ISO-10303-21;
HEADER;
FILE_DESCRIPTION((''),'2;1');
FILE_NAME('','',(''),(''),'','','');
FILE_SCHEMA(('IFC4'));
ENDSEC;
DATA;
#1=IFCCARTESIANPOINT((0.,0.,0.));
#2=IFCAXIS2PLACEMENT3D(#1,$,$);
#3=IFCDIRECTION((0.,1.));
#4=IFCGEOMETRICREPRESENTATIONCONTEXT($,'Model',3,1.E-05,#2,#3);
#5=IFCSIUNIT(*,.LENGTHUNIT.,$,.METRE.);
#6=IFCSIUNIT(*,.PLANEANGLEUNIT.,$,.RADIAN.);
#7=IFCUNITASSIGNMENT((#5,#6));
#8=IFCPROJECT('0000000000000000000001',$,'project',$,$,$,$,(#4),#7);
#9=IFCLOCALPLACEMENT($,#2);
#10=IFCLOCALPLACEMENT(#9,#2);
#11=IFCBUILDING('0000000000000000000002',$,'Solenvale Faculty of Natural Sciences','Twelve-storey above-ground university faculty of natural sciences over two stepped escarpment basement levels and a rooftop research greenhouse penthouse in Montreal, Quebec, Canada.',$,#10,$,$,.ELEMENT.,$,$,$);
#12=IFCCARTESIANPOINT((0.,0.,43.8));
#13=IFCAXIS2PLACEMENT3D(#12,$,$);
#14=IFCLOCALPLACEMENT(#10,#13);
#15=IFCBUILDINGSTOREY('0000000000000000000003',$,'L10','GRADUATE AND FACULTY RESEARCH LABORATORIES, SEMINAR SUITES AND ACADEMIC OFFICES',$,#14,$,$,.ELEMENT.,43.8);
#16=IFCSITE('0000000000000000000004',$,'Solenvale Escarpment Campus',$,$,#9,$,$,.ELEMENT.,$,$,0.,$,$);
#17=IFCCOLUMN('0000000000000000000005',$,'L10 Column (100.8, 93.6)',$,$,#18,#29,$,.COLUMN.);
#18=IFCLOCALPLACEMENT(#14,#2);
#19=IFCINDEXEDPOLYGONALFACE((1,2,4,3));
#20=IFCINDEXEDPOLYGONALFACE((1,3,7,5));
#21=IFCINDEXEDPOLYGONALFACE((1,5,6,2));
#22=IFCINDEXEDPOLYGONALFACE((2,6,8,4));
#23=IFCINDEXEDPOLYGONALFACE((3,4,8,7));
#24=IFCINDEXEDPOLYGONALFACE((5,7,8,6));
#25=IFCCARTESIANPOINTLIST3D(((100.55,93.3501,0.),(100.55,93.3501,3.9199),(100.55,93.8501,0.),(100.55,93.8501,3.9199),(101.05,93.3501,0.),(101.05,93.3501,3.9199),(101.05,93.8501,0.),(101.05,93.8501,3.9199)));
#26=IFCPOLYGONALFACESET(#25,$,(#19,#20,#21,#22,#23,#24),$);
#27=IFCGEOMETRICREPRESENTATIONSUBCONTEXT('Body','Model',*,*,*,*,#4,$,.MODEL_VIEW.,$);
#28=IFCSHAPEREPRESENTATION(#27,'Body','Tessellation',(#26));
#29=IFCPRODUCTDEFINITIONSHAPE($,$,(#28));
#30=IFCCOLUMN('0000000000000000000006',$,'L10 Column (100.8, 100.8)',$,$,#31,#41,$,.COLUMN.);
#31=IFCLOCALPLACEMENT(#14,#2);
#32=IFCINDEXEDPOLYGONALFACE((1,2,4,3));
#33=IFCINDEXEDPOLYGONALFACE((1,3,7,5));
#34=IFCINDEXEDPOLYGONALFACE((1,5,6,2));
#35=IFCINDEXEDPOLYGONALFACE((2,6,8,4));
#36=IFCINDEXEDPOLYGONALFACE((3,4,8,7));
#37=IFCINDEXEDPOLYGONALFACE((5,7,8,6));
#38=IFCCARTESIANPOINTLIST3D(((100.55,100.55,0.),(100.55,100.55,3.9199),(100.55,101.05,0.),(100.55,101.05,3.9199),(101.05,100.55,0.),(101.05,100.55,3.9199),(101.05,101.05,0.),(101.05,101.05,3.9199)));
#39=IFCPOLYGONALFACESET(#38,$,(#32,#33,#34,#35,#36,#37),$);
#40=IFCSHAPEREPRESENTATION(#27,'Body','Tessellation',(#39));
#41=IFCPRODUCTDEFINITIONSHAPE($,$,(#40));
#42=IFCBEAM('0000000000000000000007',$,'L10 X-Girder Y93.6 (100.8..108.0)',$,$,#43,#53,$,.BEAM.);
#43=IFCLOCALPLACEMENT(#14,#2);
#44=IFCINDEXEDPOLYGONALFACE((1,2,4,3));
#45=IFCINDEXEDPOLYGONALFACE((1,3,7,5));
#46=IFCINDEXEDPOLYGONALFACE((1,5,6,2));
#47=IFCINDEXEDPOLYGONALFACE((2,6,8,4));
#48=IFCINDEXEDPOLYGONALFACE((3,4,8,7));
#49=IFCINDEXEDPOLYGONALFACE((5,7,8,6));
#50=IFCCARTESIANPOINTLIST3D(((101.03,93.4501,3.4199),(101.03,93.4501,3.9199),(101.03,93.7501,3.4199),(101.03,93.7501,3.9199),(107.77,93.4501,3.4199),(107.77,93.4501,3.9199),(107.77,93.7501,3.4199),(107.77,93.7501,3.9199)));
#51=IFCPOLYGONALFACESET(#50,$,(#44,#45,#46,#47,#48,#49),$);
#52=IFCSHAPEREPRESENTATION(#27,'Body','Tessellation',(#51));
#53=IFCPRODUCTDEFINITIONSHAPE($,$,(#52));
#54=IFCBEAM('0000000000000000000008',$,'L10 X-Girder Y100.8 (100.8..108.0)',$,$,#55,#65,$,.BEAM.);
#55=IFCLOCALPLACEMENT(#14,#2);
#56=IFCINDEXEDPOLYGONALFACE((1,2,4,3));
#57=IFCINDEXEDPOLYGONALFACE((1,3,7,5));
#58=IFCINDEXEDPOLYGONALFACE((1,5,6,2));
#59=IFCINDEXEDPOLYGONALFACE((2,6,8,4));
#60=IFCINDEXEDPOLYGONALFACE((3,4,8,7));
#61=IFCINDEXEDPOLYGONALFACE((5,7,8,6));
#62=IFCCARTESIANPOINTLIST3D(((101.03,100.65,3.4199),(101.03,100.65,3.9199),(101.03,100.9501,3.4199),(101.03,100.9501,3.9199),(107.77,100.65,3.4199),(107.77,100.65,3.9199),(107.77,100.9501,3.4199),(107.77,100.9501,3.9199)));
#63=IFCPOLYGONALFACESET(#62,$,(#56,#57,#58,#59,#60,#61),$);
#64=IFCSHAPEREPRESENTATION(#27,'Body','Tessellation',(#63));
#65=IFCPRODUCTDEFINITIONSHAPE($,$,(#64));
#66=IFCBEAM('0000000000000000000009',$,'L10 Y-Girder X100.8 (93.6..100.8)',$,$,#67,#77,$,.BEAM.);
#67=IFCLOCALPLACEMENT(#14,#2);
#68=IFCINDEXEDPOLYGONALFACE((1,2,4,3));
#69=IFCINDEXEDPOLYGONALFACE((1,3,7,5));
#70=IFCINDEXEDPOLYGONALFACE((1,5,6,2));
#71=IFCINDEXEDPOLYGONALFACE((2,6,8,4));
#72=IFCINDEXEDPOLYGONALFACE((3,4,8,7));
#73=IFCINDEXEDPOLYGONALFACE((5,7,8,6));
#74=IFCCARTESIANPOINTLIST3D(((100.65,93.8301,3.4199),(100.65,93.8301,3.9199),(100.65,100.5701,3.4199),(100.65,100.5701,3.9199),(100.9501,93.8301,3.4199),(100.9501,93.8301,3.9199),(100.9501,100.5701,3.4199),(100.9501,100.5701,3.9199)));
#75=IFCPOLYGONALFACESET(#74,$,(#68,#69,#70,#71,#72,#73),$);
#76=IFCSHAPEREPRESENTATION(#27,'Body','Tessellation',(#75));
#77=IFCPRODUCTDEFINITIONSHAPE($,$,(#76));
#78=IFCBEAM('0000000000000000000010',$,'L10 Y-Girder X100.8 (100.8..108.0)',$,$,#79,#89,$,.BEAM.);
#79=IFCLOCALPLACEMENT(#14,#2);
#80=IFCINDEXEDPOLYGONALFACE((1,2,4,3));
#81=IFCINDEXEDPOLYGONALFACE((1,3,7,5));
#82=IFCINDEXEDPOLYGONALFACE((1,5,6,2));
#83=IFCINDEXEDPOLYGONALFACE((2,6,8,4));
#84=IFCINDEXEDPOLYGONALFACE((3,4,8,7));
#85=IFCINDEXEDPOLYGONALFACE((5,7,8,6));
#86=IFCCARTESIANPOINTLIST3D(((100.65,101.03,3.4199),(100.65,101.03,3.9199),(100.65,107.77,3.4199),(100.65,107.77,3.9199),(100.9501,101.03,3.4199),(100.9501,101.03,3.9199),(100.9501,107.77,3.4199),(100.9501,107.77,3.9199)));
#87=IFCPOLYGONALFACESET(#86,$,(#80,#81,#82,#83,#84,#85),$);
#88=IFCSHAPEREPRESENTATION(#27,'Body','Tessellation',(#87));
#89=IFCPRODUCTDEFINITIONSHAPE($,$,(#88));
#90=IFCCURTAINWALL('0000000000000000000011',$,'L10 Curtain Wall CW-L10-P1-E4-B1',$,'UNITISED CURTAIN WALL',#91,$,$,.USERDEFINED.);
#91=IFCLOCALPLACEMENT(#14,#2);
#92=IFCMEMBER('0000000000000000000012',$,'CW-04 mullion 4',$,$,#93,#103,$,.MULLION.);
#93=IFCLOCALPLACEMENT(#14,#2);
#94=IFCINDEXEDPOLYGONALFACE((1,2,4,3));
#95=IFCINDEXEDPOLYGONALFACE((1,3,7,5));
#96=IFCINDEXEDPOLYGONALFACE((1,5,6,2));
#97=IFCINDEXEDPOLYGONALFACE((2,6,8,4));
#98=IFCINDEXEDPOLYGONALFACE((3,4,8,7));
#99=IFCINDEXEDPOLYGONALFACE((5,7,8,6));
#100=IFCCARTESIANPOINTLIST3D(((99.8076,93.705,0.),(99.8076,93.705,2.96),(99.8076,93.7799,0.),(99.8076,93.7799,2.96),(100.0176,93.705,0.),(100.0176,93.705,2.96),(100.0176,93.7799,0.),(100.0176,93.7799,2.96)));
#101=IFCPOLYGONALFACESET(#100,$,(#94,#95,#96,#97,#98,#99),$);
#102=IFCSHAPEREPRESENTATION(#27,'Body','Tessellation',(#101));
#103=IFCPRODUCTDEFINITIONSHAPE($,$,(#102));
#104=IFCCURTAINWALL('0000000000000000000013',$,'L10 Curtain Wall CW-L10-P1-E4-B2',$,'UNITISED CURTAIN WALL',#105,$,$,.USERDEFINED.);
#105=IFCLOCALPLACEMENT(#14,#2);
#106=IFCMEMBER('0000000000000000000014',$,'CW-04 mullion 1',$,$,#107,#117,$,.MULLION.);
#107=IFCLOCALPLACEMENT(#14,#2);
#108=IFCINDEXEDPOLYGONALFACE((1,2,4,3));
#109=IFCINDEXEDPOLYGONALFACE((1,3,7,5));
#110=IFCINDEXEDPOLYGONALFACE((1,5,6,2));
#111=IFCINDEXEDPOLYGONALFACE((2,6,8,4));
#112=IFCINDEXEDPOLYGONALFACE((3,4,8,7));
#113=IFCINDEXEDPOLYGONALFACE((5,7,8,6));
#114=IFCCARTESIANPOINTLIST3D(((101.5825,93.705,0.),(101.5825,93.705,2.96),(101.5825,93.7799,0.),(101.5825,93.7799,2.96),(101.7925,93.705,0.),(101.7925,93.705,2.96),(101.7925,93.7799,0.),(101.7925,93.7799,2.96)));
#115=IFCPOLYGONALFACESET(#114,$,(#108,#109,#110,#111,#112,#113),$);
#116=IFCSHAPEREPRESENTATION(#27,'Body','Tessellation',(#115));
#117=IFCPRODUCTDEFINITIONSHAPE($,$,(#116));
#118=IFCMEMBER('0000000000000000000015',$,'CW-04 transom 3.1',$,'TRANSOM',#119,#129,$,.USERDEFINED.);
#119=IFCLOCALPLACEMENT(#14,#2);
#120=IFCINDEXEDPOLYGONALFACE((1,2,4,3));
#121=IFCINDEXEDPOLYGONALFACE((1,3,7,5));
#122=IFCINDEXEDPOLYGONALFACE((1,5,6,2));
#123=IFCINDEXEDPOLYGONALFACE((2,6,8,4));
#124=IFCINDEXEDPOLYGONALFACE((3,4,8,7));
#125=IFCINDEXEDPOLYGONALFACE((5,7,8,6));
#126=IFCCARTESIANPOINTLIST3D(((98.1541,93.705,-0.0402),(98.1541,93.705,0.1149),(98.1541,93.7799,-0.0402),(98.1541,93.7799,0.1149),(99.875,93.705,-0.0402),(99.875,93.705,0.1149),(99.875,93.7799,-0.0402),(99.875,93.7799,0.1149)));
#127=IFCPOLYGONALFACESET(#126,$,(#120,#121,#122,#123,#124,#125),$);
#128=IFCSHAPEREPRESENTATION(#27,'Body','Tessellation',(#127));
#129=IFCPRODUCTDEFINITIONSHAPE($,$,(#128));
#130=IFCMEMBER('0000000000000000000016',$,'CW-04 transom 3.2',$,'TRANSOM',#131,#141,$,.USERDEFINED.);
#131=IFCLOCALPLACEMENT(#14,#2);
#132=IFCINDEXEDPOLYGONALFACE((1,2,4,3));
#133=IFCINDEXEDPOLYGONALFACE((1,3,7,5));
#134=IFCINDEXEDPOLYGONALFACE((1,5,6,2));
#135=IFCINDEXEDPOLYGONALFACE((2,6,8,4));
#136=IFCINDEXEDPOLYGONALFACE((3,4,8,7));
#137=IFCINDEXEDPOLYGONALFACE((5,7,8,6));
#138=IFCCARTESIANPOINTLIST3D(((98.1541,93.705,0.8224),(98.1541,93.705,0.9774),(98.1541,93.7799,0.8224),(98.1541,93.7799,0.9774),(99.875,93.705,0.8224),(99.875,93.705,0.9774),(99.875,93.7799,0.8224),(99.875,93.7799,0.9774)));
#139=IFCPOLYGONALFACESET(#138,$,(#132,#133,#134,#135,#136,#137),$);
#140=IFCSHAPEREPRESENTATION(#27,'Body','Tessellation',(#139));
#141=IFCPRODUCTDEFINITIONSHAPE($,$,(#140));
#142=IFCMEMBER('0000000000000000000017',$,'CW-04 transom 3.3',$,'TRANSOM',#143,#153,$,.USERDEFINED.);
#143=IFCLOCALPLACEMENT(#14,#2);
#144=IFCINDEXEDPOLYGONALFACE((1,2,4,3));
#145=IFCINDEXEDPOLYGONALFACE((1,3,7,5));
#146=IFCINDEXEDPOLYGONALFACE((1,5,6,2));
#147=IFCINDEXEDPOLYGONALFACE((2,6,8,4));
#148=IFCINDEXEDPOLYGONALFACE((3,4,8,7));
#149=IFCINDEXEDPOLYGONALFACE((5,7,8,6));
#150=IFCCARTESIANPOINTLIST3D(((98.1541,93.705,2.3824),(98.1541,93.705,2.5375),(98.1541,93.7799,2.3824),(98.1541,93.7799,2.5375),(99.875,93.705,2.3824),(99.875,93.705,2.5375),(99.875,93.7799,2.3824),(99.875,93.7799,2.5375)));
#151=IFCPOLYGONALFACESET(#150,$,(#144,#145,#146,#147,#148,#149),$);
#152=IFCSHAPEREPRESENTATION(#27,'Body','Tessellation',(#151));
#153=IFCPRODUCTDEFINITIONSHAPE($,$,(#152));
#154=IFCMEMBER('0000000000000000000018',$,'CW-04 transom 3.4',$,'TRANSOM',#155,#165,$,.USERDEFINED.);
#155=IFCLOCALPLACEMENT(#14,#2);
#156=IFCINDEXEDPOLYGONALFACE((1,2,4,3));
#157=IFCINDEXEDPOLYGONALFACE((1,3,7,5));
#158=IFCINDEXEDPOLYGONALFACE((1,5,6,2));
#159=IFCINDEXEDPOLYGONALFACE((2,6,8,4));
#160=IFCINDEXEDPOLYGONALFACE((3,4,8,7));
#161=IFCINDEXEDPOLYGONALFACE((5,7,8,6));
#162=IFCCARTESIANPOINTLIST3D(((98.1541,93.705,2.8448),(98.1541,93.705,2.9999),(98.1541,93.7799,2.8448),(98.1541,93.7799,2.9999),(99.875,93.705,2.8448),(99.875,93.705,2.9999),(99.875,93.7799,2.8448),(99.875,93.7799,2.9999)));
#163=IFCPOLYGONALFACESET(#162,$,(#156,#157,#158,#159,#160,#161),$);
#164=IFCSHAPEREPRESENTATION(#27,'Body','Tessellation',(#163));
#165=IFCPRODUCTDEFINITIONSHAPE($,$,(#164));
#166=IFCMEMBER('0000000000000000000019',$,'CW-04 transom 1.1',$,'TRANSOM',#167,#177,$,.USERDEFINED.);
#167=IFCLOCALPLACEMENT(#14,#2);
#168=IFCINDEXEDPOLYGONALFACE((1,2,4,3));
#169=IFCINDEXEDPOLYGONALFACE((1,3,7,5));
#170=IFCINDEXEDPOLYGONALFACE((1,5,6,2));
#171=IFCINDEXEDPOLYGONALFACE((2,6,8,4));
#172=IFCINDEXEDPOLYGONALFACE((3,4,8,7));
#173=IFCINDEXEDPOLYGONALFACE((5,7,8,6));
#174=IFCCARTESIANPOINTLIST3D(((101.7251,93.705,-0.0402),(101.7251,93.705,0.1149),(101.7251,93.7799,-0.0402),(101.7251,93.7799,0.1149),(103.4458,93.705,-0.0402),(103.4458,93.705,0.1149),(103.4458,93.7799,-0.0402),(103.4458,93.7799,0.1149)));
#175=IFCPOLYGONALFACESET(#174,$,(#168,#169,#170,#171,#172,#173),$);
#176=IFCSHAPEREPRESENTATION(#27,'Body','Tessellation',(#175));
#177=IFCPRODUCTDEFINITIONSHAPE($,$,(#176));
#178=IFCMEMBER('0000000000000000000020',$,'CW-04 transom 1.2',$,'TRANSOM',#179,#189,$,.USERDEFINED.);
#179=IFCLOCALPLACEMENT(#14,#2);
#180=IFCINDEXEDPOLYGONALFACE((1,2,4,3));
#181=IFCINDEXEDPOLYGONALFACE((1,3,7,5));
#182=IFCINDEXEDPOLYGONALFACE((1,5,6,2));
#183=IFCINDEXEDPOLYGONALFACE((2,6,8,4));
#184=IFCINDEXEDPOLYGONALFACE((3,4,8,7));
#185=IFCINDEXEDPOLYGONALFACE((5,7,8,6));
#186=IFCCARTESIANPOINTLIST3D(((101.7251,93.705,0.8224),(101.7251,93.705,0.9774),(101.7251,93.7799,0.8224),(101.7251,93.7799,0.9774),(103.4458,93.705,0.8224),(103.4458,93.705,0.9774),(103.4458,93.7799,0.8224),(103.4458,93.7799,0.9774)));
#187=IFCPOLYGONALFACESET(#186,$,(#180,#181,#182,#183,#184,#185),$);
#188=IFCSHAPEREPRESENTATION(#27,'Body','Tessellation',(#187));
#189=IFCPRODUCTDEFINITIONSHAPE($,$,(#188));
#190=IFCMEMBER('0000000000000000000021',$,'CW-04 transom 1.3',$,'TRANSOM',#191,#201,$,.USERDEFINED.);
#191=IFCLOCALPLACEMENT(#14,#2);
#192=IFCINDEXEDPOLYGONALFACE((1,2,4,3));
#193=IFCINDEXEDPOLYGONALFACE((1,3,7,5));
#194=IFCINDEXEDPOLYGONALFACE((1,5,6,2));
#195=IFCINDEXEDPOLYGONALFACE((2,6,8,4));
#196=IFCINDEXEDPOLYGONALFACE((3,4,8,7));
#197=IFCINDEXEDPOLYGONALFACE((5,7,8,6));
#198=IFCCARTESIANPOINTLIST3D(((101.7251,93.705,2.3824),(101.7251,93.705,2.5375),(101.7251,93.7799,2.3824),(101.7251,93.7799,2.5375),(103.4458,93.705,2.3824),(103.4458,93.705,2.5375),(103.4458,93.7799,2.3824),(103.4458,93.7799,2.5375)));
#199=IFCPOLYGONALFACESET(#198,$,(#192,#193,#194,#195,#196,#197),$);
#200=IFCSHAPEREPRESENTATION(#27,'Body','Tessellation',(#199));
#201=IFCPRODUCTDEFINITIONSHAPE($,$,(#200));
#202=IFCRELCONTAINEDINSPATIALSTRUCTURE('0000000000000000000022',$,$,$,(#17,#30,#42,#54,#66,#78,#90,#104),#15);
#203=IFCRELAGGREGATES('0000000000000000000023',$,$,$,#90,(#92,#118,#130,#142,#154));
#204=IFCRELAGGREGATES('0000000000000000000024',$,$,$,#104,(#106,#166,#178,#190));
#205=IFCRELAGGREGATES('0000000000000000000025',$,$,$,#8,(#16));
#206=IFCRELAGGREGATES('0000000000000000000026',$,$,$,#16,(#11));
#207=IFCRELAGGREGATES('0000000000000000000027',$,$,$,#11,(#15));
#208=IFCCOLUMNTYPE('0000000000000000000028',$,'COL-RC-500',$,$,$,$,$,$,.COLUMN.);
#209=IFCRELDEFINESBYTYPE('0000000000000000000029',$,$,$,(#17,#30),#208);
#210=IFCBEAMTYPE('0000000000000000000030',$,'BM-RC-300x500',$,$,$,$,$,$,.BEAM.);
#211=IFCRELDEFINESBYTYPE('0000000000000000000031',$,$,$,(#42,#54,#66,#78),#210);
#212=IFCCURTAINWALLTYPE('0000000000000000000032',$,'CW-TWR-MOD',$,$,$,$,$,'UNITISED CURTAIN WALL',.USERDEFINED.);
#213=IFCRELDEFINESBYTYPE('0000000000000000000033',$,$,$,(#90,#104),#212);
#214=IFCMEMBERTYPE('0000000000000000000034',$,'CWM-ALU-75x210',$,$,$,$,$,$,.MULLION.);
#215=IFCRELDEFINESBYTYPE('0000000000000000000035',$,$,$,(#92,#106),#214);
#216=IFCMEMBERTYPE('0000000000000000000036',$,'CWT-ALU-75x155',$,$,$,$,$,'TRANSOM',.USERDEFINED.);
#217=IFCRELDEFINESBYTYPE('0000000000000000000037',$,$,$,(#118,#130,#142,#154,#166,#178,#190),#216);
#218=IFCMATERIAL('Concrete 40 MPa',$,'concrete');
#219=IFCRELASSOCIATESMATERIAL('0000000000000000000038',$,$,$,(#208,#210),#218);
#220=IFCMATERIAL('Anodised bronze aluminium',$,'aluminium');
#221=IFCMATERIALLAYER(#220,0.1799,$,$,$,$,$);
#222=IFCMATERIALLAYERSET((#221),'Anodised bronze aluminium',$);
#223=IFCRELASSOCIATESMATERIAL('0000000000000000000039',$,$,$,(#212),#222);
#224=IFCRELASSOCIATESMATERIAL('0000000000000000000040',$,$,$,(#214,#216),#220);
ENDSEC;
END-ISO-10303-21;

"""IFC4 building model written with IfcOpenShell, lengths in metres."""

from ifc_helpers import new_model, si_unit, direction, frame, origin, origin_2d, place, context, subcontext, project, spatial, rectangle, extrude, material, layer, layer_set, material_profile, profile_set, type_object, element, aggregate, save


model = new_model("IFC4")

# Units and contexts
model_context = context("Model", 3, precision=1e-05, world=origin(), true_north=direction((0.0, 1.0)))
body_context = subcontext(model_context, "Body", "Model", "MODEL_VIEW")
ifc_project = project(units=[si_unit("LENGTHUNIT", "METRE"), si_unit("PLANEANGLEUNIT", "RADIAN")], contexts=[model_context])

# Site, building, storey
site_placement = place(None, origin())
site = spatial("IfcSite", under=ifc_project, at=site_placement, Name="Solenvale Escarpment Campus", CompositionType="ELEMENT", RefElevation=0.0)
building_placement = place(site_placement, origin())
building = spatial("IfcBuilding", under=site, at=building_placement, Name="Solenvale Faculty of Natural Sciences", Description="Twelve-storey above-ground university faculty of natural sciences over two stepped escarpment basement levels and a rooftop research greenhouse penthouse in Montreal, Quebec, Canada.", CompositionType="ELEMENT")
storey_placement = place(building_placement, frame((0.0, 0.0, 43.8)))
storey = spatial("IfcBuildingStorey", under=building, at=storey_placement, Name="L10", Description="GRADUATE AND FACULTY RESEARCH LABORATORIES, SEMINAR SUITES AND ACADEMIC OFFICES", CompositionType="ELEMENT", Elevation=43.8)

# Columns
ifc_material_1 = material(Name="Concrete 40 MPa", Category="concrete")
ifc_material_profile_1 = material_profile(ifc_material_1, rectangle(XDim=0.5, YDim=0.5, at=origin_2d()), Name="RC-COL-500x500")
ifc_profile_set_1 = profile_set([ifc_material_profile_1], Name="Concrete 40 MPa")
column_type = type_object("IfcColumnType", Name="COL-RC-500", PredefinedType="COLUMN", material=ifc_profile_set_1)
for number, where, z_axis, x_axis, name in (
    (1, (100.8, 93.6001, 0.0), (0.0, 0.0, 1.0), (1.0, 0.0, 0.0), "L10 Column (100.8, 93.6)"),
    (2, (100.8, 100.8, 0.0), (0.0, 0.0, 1.0), (1.0, 0.0, 0.0), "L10 Column (100.8, 100.8)"),
):
    element("IfcColumn", number, at=place(storey_placement, frame(where, z_axis=z_axis, x_axis=x_axis)), inside=storey, type_object=column_type, Name=name, PredefinedType="COLUMN", context=body_context, shape_type="SweptSolid", body=[
        extrude(rectangle(XDim=0.5, YDim=0.5, at=origin_2d()), origin(), (0.0, 0.0, 1.0), 3.9199),
    ])

# Beams
ifc_material_profile_2 = material_profile(ifc_material_1, rectangle(XDim=0.3, YDim=0.5, at=origin_2d()), Name="RC-BM-300x500")
ifc_profile_set_2 = profile_set([ifc_material_profile_2], Name="Concrete 40 MPa")
beam_type = type_object("IfcBeamType", Name="BM-RC-300x500", PredefinedType="BEAM", material=ifc_profile_set_2)
for number, where, z_axis, x_axis, name in (
    (3, (101.03, 93.6001, 3.6699), (1.0, 0.0, 0.0), (0.0, 1.0, 0.0), "L10 X-Girder Y93.6 (100.8..108.0)"),
    (4, (101.03, 100.8, 3.6699), (1.0, 0.0, 0.0), (0.0, 1.0, 0.0), "L10 X-Girder Y100.8 (100.8..108.0)"),
    (5, (100.8, 93.8301, 3.6699), (0.0, 1.0, 0.0), (-1.0, 0.0, 0.0), "L10 Y-Girder X100.8 (93.6..100.8)"),
    (6, (100.8, 101.03, 3.6699), (0.0, 1.0, 0.0), (-1.0, 0.0, 0.0), "L10 Y-Girder X100.8 (100.8..108.0)"),
):
    element("IfcBeam", number, at=place(storey_placement, frame(where, z_axis=z_axis, x_axis=x_axis)), inside=storey, type_object=beam_type, Name=name, PredefinedType="BEAM", context=body_context, shape_type="SweptSolid", body=[
        extrude(rectangle(XDim=0.3, YDim=0.5, at=origin_2d()), origin(), (0.0, 0.0, 1.0), 6.74),
    ])

# Curtain walls, members
ifc_material_2 = material(Name="Anodised bronze aluminium", Category="aluminium")
ifc_layer_1 = layer(ifc_material_2, 0.1799)
ifc_layer_set_1 = layer_set([ifc_layer_1], Name="Anodised bronze aluminium")
curtain_wall_type = type_object("IfcCurtainWallType", Name="CW-TWR-MOD", ElementType="UNITISED CURTAIN WALL", PredefinedType="USERDEFINED", material=ifc_layer_set_1)
curtain_wall_1_placement = place(storey_placement, origin())
curtain_wall_1 = element("IfcCurtainWall", 7, at=curtain_wall_1_placement, inside=storey, type_object=curtain_wall_type, Name="L10 Curtain Wall CW-L10-P1-E4-B1", ObjectType="UNITISED CURTAIN WALL", PredefinedType="USERDEFINED")
ifc_material_profile_3 = material_profile(ifc_material_2, rectangle(XDim=0.075, YDim=0.21, at=origin_2d()), Name="ALU-MUL-75x210")
ifc_profile_set_3 = profile_set([ifc_material_profile_3], Name="Anodised bronze aluminium")
member_type_1 = type_object("IfcMemberType", Name="CWM-ALU-75x210", PredefinedType="MULLION", material=ifc_profile_set_3)
member_1_placement = place(storey_placement, frame((99.9126, 93.7424, 0.0), z_axis=(0.0, 0.0, 1.0), x_axis=(0.0, 1.0, 0.0)))
member_1 = element("IfcMember", 8, at=member_1_placement, type_object=member_type_1, Name="CW-04 mullion 4", PredefinedType="MULLION", context=body_context, shape_type="SweptSolid", body=[
    extrude(rectangle(XDim=0.075, YDim=0.21, at=origin_2d()), origin(), (0.0, 0.0, 1.0), 2.96),
])
curtain_wall_2_placement = place(storey_placement, origin())
curtain_wall_2 = element("IfcCurtainWall", 9, at=curtain_wall_2_placement, inside=storey, type_object=curtain_wall_type, Name="L10 Curtain Wall CW-L10-P1-E4-B2", ObjectType="UNITISED CURTAIN WALL", PredefinedType="USERDEFINED")
member_2_placement = place(storey_placement, frame((101.6875, 93.7424, 0.0), z_axis=(0.0, 0.0, 1.0), x_axis=(0.0, 1.0, 0.0)))
member_2 = element("IfcMember", 10, at=member_2_placement, type_object=member_type_1, Name="CW-04 mullion 1", PredefinedType="MULLION", context=body_context, shape_type="SweptSolid", body=[
    extrude(rectangle(XDim=0.075, YDim=0.21, at=origin_2d()), origin(), (0.0, 0.0, 1.0), 2.96),
])

# Members
ifc_material_profile_4 = material_profile(ifc_material_2, rectangle(XDim=0.075, YDim=0.155, at=origin_2d()), Name="ALU-TRN-75x155")
ifc_profile_set_4 = profile_set([ifc_material_profile_4], Name="Anodised bronze aluminium")
member_type_2 = type_object("IfcMemberType", Name="CWT-ALU-75x155", ElementType="TRANSOM", PredefinedType="USERDEFINED", material=ifc_profile_set_4)
member_3_placement = place(storey_placement, frame((98.1541, 93.7424, 0.0374), z_axis=(1.0, 0.0, 0.0), x_axis=(0.0, 1.0, 0.0)))
member_3 = element("IfcMember", 11, at=member_3_placement, type_object=member_type_2, Name="CW-04 transom 3.1", ObjectType="TRANSOM", PredefinedType="USERDEFINED", context=body_context, shape_type="SweptSolid", body=[
    extrude(rectangle(XDim=0.075, YDim=0.155, at=origin_2d()), origin(), (0.0, 0.0, 1.0), 1.7209),
])
member_4_placement = place(storey_placement, frame((98.1541, 93.7424, 0.8999), z_axis=(1.0, 0.0, 0.0), x_axis=(0.0, 1.0, 0.0)))
member_4 = element("IfcMember", 12, at=member_4_placement, type_object=member_type_2, Name="CW-04 transom 3.2", ObjectType="TRANSOM", PredefinedType="USERDEFINED", context=body_context, shape_type="SweptSolid", body=[
    extrude(rectangle(XDim=0.075, YDim=0.155, at=origin_2d()), origin(), (0.0, 0.0, 1.0), 1.7209),
])
member_5_placement = place(storey_placement, frame((98.1541, 93.7424, 2.46), z_axis=(1.0, 0.0, 0.0), x_axis=(0.0, 1.0, 0.0)))
member_5 = element("IfcMember", 13, at=member_5_placement, type_object=member_type_2, Name="CW-04 transom 3.3", ObjectType="TRANSOM", PredefinedType="USERDEFINED", context=body_context, shape_type="SweptSolid", body=[
    extrude(rectangle(XDim=0.075, YDim=0.155, at=origin_2d()), origin(), (0.0, 0.0, 1.0), 1.7209),
])
member_6_placement = place(storey_placement, frame((98.1541, 93.7424, 2.9224), z_axis=(1.0, 0.0, 0.0), x_axis=(0.0, 1.0, 0.0)))
member_6 = element("IfcMember", 14, at=member_6_placement, type_object=member_type_2, Name="CW-04 transom 3.4", ObjectType="TRANSOM", PredefinedType="USERDEFINED", context=body_context, shape_type="SweptSolid", body=[
    extrude(rectangle(XDim=0.075, YDim=0.155, at=origin_2d()), origin(), (0.0, 0.0, 1.0), 1.7209),
])
member_7_placement = place(storey_placement, frame((101.7251, 93.7424, 0.0374), z_axis=(1.0, 0.0, 0.0), x_axis=(0.0, 1.0, 0.0)))
member_7 = element("IfcMember", 15, at=member_7_placement, type_object=member_type_2, Name="CW-04 transom 1.1", ObjectType="TRANSOM", PredefinedType="USERDEFINED", context=body_context, shape_type="SweptSolid", body=[
    extrude(rectangle(XDim=0.075, YDim=0.155, at=origin_2d()), origin(), (0.0, 0.0, 1.0), 1.7207),
])
member_8_placement = place(storey_placement, frame((101.7251, 93.7424, 0.8999), z_axis=(1.0, 0.0, 0.0), x_axis=(0.0, 1.0, 0.0)))
member_8 = element("IfcMember", 16, at=member_8_placement, type_object=member_type_2, Name="CW-04 transom 1.2", ObjectType="TRANSOM", PredefinedType="USERDEFINED", context=body_context, shape_type="SweptSolid", body=[
    extrude(rectangle(XDim=0.075, YDim=0.155, at=origin_2d()), origin(), (0.0, 0.0, 1.0), 1.7207),
])
member_9_placement = place(storey_placement, frame((101.7251, 93.7424, 2.46), z_axis=(1.0, 0.0, 0.0), x_axis=(0.0, 1.0, 0.0)))
member_9 = element("IfcMember", 17, at=member_9_placement, type_object=member_type_2, Name="CW-04 transom 1.3", ObjectType="TRANSOM", PredefinedType="USERDEFINED", context=body_context, shape_type="SweptSolid", body=[
    extrude(rectangle(XDim=0.075, YDim=0.155, at=origin_2d()), origin(), (0.0, 0.0, 1.0), 1.7207),
])

aggregate(curtain_wall_1, [member_1, member_3, member_4, member_5, member_6])
aggregate(curtain_wall_2, [member_2, member_7, member_8, member_9])

save(model, "model.ifc")
